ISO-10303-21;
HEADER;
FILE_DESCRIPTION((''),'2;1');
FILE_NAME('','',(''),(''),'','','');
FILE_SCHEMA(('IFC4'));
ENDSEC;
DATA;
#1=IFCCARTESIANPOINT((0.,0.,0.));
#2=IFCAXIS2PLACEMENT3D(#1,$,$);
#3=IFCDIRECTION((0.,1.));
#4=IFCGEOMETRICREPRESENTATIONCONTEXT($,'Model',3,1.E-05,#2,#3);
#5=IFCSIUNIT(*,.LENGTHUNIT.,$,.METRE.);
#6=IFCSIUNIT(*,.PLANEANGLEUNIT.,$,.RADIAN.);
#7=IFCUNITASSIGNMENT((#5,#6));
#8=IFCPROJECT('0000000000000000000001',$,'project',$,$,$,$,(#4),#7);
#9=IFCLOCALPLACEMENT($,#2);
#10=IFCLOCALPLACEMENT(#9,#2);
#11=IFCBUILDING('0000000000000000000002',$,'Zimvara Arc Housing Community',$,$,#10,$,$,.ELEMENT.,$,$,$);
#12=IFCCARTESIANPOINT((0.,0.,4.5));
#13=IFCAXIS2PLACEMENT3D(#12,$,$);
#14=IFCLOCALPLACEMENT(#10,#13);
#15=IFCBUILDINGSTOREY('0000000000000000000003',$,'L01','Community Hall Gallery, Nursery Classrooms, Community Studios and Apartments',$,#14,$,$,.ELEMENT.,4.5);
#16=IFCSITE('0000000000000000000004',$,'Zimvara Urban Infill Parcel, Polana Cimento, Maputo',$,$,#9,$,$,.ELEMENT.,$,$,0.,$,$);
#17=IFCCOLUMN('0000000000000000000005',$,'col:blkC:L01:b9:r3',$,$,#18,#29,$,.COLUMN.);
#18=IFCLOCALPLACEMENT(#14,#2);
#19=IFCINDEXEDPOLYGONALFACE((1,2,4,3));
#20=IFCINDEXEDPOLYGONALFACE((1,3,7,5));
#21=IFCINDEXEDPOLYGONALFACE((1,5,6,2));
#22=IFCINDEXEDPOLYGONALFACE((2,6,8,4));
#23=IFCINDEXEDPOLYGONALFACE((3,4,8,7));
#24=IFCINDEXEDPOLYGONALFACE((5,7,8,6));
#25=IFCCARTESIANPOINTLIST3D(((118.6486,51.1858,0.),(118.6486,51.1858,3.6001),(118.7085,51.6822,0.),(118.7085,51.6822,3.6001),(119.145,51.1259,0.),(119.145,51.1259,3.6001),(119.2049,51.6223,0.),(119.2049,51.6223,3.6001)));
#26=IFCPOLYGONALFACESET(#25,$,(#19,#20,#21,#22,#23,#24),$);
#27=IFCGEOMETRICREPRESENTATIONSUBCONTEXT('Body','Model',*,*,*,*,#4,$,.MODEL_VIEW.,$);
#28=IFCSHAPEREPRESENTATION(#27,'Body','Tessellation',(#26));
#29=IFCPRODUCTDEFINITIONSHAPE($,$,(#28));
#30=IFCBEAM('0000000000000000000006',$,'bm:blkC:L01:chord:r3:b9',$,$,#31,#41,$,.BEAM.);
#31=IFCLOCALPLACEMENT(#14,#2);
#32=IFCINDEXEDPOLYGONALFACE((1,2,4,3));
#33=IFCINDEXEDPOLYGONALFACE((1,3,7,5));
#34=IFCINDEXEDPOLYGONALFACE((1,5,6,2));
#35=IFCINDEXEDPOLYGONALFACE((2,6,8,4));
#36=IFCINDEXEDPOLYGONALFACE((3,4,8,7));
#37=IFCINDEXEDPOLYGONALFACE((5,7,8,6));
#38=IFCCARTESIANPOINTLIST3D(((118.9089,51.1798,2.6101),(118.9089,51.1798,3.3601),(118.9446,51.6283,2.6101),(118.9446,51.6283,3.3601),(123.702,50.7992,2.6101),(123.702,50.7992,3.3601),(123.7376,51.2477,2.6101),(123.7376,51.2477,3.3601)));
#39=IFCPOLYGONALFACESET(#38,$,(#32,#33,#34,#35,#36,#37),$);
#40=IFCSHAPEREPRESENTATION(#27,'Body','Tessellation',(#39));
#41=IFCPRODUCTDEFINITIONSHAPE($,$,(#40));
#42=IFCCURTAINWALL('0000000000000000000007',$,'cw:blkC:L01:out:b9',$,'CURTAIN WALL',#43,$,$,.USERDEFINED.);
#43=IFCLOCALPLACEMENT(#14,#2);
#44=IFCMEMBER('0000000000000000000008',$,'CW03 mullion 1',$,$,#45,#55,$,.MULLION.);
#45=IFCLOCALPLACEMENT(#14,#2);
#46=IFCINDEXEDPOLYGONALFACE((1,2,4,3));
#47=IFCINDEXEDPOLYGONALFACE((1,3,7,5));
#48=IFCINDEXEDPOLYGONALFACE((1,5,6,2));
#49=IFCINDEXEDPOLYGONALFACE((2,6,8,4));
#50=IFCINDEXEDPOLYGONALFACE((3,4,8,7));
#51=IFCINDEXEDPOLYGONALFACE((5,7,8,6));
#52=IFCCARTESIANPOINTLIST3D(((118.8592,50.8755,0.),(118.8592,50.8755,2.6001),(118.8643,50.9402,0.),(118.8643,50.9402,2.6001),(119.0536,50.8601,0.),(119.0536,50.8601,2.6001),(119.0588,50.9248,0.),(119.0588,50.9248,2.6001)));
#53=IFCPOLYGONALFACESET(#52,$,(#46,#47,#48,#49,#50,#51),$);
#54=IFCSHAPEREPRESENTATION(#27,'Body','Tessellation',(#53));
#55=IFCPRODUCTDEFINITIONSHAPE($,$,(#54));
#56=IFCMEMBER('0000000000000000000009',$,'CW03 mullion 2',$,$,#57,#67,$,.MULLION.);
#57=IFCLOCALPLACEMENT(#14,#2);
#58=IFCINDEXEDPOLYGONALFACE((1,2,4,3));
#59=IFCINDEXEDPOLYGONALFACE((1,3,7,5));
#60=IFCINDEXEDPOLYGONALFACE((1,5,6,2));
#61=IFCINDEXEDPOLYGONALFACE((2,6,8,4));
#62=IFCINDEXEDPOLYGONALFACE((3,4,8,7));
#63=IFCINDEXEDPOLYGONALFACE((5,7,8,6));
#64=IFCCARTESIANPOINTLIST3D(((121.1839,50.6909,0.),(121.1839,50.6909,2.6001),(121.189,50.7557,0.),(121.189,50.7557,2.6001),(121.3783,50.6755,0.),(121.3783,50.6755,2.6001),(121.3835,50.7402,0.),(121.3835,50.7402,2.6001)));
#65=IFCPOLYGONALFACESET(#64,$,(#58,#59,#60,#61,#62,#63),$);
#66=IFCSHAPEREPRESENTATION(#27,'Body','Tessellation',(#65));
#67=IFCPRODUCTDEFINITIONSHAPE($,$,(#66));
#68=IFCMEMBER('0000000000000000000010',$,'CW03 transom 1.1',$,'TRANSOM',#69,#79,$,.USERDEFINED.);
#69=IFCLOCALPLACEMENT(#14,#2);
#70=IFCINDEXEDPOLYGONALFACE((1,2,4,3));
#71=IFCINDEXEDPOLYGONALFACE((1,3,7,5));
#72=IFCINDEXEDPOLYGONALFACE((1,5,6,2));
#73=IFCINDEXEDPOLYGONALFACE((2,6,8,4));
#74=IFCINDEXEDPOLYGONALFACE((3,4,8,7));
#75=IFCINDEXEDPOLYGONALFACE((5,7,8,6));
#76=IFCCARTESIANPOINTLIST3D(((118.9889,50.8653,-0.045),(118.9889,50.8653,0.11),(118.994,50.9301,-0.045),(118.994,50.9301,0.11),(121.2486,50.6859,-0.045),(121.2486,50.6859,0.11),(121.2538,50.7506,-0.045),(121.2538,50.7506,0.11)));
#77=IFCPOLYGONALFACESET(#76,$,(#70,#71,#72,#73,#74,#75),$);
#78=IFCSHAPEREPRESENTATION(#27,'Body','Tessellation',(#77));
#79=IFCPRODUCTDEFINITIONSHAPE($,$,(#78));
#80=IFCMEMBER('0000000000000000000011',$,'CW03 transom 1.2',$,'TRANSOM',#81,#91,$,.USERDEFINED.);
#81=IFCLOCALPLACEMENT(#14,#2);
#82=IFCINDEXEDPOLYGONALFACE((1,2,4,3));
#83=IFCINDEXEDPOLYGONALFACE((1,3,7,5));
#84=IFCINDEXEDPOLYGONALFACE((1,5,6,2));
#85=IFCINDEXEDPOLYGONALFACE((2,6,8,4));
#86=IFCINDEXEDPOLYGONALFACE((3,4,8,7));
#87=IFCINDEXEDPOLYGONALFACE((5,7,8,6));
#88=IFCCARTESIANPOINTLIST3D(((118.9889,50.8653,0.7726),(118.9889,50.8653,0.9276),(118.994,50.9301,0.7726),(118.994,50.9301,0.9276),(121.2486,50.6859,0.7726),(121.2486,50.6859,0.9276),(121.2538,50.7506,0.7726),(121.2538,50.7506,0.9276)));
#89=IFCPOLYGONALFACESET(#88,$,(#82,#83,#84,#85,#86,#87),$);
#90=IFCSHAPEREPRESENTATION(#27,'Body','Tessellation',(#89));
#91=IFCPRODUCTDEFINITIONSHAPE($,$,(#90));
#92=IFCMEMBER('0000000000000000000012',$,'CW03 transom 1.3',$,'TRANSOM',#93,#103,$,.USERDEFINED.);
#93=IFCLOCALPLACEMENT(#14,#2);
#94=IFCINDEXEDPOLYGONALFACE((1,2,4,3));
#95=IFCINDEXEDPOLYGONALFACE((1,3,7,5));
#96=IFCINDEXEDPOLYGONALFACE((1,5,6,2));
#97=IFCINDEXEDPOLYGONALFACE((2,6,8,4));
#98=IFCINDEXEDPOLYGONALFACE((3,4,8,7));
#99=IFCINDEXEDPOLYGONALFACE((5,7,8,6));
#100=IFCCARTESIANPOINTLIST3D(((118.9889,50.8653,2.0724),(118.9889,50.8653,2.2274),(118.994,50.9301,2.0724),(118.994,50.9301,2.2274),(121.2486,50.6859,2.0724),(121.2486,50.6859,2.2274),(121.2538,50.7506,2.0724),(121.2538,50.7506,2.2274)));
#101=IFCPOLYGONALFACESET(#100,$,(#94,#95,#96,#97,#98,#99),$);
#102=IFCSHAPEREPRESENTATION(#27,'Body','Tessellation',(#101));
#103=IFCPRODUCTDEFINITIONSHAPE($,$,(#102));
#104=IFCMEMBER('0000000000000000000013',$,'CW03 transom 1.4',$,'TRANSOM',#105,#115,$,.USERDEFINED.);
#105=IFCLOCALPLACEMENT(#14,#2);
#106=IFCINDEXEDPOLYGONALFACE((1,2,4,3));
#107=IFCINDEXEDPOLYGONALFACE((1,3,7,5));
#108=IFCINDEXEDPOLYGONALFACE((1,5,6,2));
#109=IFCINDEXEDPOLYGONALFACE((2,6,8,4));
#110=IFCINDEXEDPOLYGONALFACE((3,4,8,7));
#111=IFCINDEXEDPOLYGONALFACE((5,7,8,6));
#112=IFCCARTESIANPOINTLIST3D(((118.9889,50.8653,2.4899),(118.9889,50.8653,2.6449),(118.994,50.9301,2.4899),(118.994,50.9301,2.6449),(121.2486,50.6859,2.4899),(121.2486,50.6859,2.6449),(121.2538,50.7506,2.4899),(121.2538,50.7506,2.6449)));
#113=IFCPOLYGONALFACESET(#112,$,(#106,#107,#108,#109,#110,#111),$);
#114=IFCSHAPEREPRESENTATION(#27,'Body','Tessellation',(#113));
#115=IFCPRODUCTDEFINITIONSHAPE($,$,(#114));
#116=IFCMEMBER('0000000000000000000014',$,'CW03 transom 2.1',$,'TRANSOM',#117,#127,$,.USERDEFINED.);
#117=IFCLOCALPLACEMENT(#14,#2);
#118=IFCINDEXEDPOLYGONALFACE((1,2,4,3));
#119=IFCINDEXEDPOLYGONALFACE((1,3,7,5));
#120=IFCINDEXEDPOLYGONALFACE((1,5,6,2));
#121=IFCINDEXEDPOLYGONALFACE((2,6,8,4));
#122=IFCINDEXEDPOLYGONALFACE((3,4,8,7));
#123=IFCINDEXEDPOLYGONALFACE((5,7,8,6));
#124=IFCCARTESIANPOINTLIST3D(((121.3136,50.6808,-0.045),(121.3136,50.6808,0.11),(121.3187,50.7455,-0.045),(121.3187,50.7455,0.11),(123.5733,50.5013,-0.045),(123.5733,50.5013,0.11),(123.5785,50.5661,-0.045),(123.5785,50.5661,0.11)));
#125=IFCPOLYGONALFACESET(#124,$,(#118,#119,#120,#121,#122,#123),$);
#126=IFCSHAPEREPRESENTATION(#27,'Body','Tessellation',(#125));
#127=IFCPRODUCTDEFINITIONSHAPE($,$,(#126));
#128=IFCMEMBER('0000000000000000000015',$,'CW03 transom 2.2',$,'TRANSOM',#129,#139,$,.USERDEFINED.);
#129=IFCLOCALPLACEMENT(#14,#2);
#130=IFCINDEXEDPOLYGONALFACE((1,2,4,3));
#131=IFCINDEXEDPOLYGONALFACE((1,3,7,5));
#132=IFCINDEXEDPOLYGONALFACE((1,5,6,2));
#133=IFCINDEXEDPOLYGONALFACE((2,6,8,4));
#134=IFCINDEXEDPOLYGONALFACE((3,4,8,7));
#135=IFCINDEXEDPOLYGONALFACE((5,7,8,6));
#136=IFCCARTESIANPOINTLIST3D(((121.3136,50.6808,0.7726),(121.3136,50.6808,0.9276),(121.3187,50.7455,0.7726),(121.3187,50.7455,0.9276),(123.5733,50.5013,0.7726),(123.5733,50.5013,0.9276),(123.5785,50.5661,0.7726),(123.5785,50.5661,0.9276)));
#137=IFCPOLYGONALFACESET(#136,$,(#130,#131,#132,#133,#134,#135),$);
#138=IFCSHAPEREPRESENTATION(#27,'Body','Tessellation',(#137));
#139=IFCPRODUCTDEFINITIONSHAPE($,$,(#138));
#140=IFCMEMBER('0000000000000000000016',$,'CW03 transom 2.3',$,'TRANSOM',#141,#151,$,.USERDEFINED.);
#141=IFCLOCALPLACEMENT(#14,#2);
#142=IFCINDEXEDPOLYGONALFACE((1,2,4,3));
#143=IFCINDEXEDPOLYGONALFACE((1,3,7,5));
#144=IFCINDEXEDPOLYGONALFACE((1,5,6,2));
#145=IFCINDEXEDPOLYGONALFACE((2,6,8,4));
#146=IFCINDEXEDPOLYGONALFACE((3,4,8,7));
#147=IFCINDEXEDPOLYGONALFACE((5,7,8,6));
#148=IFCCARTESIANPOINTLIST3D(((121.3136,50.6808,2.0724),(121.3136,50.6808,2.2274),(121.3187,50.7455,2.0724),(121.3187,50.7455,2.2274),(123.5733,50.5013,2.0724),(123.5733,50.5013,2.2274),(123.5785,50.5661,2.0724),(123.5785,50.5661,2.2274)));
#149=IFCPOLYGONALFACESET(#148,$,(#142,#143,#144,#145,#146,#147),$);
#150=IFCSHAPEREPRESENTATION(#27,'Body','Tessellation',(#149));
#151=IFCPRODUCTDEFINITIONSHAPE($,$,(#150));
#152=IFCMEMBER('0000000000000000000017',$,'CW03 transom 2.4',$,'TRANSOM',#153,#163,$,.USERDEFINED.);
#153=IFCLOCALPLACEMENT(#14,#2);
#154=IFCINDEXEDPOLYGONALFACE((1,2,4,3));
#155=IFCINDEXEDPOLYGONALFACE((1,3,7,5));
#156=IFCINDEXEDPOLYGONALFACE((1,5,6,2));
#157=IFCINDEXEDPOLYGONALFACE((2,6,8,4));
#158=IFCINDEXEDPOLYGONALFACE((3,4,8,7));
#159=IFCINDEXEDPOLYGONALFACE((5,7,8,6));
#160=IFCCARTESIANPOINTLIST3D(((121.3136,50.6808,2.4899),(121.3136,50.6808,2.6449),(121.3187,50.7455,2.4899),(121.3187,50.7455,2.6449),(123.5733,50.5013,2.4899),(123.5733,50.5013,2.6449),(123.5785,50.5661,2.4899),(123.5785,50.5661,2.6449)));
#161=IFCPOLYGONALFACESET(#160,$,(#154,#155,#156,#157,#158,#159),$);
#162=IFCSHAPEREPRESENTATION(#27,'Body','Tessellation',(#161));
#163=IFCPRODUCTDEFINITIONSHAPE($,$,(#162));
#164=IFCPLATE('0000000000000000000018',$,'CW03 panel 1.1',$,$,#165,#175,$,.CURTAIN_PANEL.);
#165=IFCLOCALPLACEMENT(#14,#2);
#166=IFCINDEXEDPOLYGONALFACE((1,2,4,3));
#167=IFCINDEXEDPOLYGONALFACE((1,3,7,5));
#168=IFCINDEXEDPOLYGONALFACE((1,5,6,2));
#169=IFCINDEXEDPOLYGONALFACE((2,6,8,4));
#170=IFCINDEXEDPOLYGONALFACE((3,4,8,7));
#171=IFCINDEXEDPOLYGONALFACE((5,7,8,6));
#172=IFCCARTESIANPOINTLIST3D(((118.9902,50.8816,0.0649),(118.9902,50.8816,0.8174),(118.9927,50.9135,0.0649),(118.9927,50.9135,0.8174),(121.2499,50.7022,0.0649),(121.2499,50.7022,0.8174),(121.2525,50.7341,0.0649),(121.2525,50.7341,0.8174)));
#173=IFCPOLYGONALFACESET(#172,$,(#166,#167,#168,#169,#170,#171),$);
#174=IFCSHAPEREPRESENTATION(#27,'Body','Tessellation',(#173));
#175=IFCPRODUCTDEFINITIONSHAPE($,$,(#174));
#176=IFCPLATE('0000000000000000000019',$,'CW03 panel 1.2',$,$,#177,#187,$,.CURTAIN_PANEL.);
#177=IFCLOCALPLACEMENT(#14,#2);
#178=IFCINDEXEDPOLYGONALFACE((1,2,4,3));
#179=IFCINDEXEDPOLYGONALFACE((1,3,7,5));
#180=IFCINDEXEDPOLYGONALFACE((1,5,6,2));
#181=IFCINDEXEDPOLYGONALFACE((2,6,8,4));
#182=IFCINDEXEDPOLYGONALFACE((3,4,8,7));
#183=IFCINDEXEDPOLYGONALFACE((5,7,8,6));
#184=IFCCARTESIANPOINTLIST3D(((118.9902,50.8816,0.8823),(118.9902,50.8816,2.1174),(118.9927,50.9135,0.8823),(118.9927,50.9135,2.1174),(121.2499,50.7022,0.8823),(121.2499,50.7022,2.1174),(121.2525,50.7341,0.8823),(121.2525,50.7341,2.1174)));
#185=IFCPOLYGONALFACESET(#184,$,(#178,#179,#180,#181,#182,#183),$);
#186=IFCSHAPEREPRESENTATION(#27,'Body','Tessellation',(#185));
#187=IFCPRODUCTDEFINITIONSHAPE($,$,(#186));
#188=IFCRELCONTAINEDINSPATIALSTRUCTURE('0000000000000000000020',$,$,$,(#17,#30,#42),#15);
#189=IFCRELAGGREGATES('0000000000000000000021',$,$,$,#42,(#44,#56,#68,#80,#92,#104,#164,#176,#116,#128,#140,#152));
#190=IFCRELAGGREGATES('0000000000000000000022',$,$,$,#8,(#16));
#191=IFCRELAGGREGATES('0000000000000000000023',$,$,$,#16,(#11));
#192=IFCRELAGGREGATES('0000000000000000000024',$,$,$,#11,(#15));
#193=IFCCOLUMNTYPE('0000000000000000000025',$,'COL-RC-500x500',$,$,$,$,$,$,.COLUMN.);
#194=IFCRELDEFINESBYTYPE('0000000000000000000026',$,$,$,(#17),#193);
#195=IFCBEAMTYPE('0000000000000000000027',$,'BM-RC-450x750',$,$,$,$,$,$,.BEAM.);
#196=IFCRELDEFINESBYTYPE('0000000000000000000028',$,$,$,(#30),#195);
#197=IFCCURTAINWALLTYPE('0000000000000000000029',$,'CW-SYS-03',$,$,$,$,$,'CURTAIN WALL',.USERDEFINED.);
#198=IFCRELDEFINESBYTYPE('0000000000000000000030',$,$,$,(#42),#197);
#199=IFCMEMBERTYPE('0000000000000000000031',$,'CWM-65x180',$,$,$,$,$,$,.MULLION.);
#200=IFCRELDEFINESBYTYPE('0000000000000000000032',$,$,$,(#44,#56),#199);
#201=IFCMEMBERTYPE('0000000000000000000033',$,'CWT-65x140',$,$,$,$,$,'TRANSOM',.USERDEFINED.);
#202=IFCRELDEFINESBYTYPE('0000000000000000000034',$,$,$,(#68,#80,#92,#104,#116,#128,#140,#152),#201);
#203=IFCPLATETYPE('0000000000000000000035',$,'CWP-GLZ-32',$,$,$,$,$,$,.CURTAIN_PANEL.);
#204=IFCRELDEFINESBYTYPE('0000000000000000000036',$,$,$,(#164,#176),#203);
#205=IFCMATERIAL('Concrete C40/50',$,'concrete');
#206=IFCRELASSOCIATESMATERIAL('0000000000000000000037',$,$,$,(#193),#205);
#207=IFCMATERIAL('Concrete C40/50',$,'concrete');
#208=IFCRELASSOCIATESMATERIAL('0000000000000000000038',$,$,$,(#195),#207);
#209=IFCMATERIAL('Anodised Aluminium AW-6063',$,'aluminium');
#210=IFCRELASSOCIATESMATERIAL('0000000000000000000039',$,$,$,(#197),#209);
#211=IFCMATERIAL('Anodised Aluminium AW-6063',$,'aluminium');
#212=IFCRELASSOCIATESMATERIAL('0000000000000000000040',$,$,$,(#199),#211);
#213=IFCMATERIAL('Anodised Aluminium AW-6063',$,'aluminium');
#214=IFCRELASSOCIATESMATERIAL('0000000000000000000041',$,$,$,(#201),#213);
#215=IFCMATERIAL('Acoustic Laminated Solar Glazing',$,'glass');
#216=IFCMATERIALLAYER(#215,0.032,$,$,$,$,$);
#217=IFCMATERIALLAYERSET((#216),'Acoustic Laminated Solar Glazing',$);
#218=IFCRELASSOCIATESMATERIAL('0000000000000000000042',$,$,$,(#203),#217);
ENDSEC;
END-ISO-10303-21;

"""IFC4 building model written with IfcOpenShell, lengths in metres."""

from ifc_helpers import new_model, si_unit, direction, frame, origin, origin_2d, place, context, subcontext, project, spatial, rectangle, extrude, material, layer, layer_set, material_profile, profile_set, type_object, element, aggregate, save


model = new_model("IFC4")

# Units and contexts
model_context = context("Model", 3, precision=1e-05, world=origin(), true_north=direction((0.0, 1.0)))
body_context = subcontext(model_context, "Body", "Model", "MODEL_VIEW")
ifc_project = project(units=[si_unit("LENGTHUNIT", "METRE"), si_unit("PLANEANGLEUNIT", "RADIAN")], contexts=[model_context])

# Site, building, storey
site_placement = place(None, origin())
site = spatial("IfcSite", under=ifc_project, at=site_placement, Name="Zimvara Urban Infill Parcel, Polana Cimento, Maputo", CompositionType="ELEMENT", RefElevation=0.0)
building_placement = place(site_placement, origin())
building = spatial("IfcBuilding", under=site, at=building_placement, Name="Zimvara Arc Housing Community", CompositionType="ELEMENT")
storey_placement = place(building_placement, frame((0.0, 0.0, 4.5)))
storey = spatial("IfcBuildingStorey", under=building, at=storey_placement, Name="L01", Description="Community Hall Gallery, Nursery Classrooms, Community Studios and Apartments", CompositionType="ELEMENT", Elevation=4.5)

# Column
ifc_material_1 = material(Name="Concrete C40/50", Category="concrete")
ifc_material_profile_1 = material_profile(ifc_material_1, rectangle(XDim=0.5, YDim=0.5, at=origin_2d()), Name="RC 500x500")
ifc_profile_set_1 = profile_set([ifc_material_profile_1], Name="Concrete C40/50")
column_type = type_object("IfcColumnType", Name="COL-RC-500x500", PredefinedType="COLUMN", material=ifc_profile_set_1)
column_placement = place(storey_placement, frame((118.9268, 51.4041, 0.0), z_axis=(0.0, 0.0, 1.0), x_axis=(-0.11979, -0.992799, 0.0)))
element("IfcColumn", 1, at=column_placement, inside=storey, type_object=column_type, Name="col:blkC:L01:b9:r3", PredefinedType="COLUMN", context=body_context, shape_type="SweptSolid", body=[
    extrude(rectangle(XDim=0.5, YDim=0.5, at=origin_2d()), origin(), (0.0, 0.0, 1.0), 3.6001),
])

# Beam
ifc_material_2 = material(Name="Concrete C40/50", Category="concrete")
ifc_material_profile_2 = material_profile(ifc_material_2, rectangle(XDim=0.45, YDim=0.75, at=origin_2d()), Name="RC 450x750")
ifc_profile_set_2 = profile_set([ifc_material_profile_2], Name="Concrete C40/50")
beam_type = type_object("IfcBeamType", Name="BM-RC-450x750", PredefinedType="BEAM", material=ifc_profile_set_2)
beam_placement = place(storey_placement, frame((118.9268, 51.4041, 2.9851), z_axis=(0.996862, -0.079162, 0.0), x_axis=(0.079162, 0.996862, 0.0)))
element("IfcBeam", 2, at=beam_placement, inside=storey, type_object=beam_type, Name="bm:blkC:L01:chord:r3:b9", PredefinedType="BEAM", context=body_context, shape_type="SweptSolid", body=[
    extrude(rectangle(XDim=0.45, YDim=0.75, at=origin_2d()), origin(), (0.0, 0.0, 1.0), 4.8081),
])

# Curtain wall, members, plates
ifc_material_3 = material(Name="Anodised Aluminium AW-6063", Category="aluminium")
curtain_wall_type = type_object("IfcCurtainWallType", Name="CW-SYS-03", ElementType="CURTAIN WALL", PredefinedType="USERDEFINED", material=ifc_material_3)
curtain_wall_placement = place(storey_placement, origin())
curtain_wall = element("IfcCurtainWall", 3, at=curtain_wall_placement, inside=storey, type_object=curtain_wall_type, Name="cw:blkC:L01:out:b9", ObjectType="CURTAIN WALL", PredefinedType="USERDEFINED")
ifc_material_4 = material(Name="Anodised Aluminium AW-6063", Category="aluminium")
ifc_material_profile_3 = material_profile(ifc_material_4, rectangle(XDim=0.0649, YDim=0.1951, at=origin_2d()), Name="ALU 65x195")
ifc_profile_set_3 = profile_set([ifc_material_profile_3], Name="Anodised Aluminium AW-6063")
member_type_1 = type_object("IfcMemberType", Name="CWM-65x180", PredefinedType="MULLION", material=ifc_profile_set_3)
member_1_placement = place(storey_placement, frame((118.959, 50.9001, 0.0), z_axis=(0.0, 0.0, 1.0), x_axis=(0.079154, 0.996862, 0.0)))
member_1 = element("IfcMember", 4, at=member_1_placement, type_object=member_type_1, Name="CW03 mullion 1", PredefinedType="MULLION", context=body_context, shape_type="SweptSolid", body=[
    extrude(rectangle(XDim=0.0649, YDim=0.1951, at=origin_2d()), origin(), (0.0, 0.0, 1.0), 2.6001),
])
member_2_placement = place(storey_placement, frame((121.2837, 50.7156, 0.0), z_axis=(0.0, 0.0, 1.0), x_axis=(0.079154, 0.996862, 0.0)))
member_2 = element("IfcMember", 5, at=member_2_placement, type_object=member_type_1, Name="CW03 mullion 2", PredefinedType="MULLION", context=body_context, shape_type="SweptSolid", body=[
    extrude(rectangle(XDim=0.0649, YDim=0.1951, at=origin_2d()), origin(), (0.0, 0.0, 1.0), 2.6001),
])
ifc_material_5 = material(Name="Anodised Aluminium AW-6063", Category="aluminium")
ifc_material_profile_4 = material_profile(ifc_material_5, rectangle(XDim=0.0649, YDim=0.155, at=origin_2d()), Name="ALU 65x155")
ifc_profile_set_4 = profile_set([ifc_material_profile_4], Name="Anodised Aluminium AW-6063")
member_type_2 = type_object("IfcMemberType", Name="CWT-65x140", ElementType="TRANSOM", PredefinedType="USERDEFINED", material=ifc_profile_set_4)
member_3_placement = place(storey_placement, frame((118.9915, 50.8977, 0.0325), z_axis=(0.996862, -0.079159, 0.0), x_axis=(0.079159, 0.996862, 0.0)))
member_3 = element("IfcMember", 6, at=member_3_placement, type_object=member_type_2, Name="CW03 transom 1.1", ObjectType="TRANSOM", PredefinedType="USERDEFINED", context=body_context, shape_type="SweptSolid", body=[
    extrude(rectangle(XDim=0.0649, YDim=0.155, at=origin_2d()), origin(), (0.0, 0.0, 1.0), 2.2668),
])
member_4_placement = place(storey_placement, frame((118.9915, 50.8977, 0.8501), z_axis=(0.996862, -0.079159, 0.0), x_axis=(0.079159, 0.996862, 0.0)))
member_4 = element("IfcMember", 7, at=member_4_placement, type_object=member_type_2, Name="CW03 transom 1.2", ObjectType="TRANSOM", PredefinedType="USERDEFINED", context=body_context, shape_type="SweptSolid", body=[
    extrude(rectangle(XDim=0.0649, YDim=0.155, at=origin_2d()), origin(), (0.0, 0.0, 1.0), 2.2668),
])
member_5_placement = place(storey_placement, frame((118.9915, 50.8977, 2.1499), z_axis=(0.996862, -0.079159, 0.0), x_axis=(0.079159, 0.996862, 0.0)))
member_5 = element("IfcMember", 8, at=member_5_placement, type_object=member_type_2, Name="CW03 transom 1.3", ObjectType="TRANSOM", PredefinedType="USERDEFINED", context=body_context, shape_type="SweptSolid", body=[
    extrude(rectangle(XDim=0.0649, YDim=0.155, at=origin_2d()), origin(), (0.0, 0.0, 1.0), 2.2668),
])
member_6_placement = place(storey_placement, frame((118.9915, 50.8977, 2.5674), z_axis=(0.996862, -0.079159, 0.0), x_axis=(0.079159, 0.996862, 0.0)))
member_6 = element("IfcMember", 9, at=member_6_placement, type_object=member_type_2, Name="CW03 transom 1.4", ObjectType="TRANSOM", PredefinedType="USERDEFINED", context=body_context, shape_type="SweptSolid", body=[
    extrude(rectangle(XDim=0.0649, YDim=0.155, at=origin_2d()), origin(), (0.0, 0.0, 1.0), 2.2668),
])
member_7_placement = place(storey_placement, frame((121.3162, 50.7131, 0.0325), z_axis=(0.996862, -0.079159, 0.0), x_axis=(0.079159, 0.996862, 0.0)))
member_7 = element("IfcMember", 10, at=member_7_placement, type_object=member_type_2, Name="CW03 transom 2.1", ObjectType="TRANSOM", PredefinedType="USERDEFINED", context=body_context, shape_type="SweptSolid", body=[
    extrude(rectangle(XDim=0.0649, YDim=0.155, at=origin_2d()), origin(), (0.0, 0.0, 1.0), 2.2668),
])
member_8_placement = place(storey_placement, frame((121.3162, 50.7131, 0.8501), z_axis=(0.996862, -0.079159, 0.0), x_axis=(0.079159, 0.996862, 0.0)))
member_8 = element("IfcMember", 11, at=member_8_placement, type_object=member_type_2, Name="CW03 transom 2.2", ObjectType="TRANSOM", PredefinedType="USERDEFINED", context=body_context, shape_type="SweptSolid", body=[
    extrude(rectangle(XDim=0.0649, YDim=0.155, at=origin_2d()), origin(), (0.0, 0.0, 1.0), 2.2668),
])
member_9_placement = place(storey_placement, frame((121.3162, 50.7131, 2.1499), z_axis=(0.996862, -0.079159, 0.0), x_axis=(0.079159, 0.996862, 0.0)))
member_9 = element("IfcMember", 12, at=member_9_placement, type_object=member_type_2, Name="CW03 transom 2.3", ObjectType="TRANSOM", PredefinedType="USERDEFINED", context=body_context, shape_type="SweptSolid", body=[
    extrude(rectangle(XDim=0.0649, YDim=0.155, at=origin_2d()), origin(), (0.0, 0.0, 1.0), 2.2668),
])
member_10_placement = place(storey_placement, frame((121.3162, 50.7131, 2.5674), z_axis=(0.996862, -0.079159, 0.0), x_axis=(0.079159, 0.996862, 0.0)))
member_10 = element("IfcMember", 13, at=member_10_placement, type_object=member_type_2, Name="CW03 transom 2.4", ObjectType="TRANSOM", PredefinedType="USERDEFINED", context=body_context, shape_type="SweptSolid", body=[
    extrude(rectangle(XDim=0.0649, YDim=0.155, at=origin_2d()), origin(), (0.0, 0.0, 1.0), 2.2668),
])
ifc_material_6 = material(Name="Acoustic Laminated Solar Glazing", Category="glass")
ifc_layer_1 = layer(ifc_material_6, 0.032)
ifc_layer_set_1 = layer_set([ifc_layer_1], Name="Acoustic Laminated Solar Glazing")
plate_type = type_object("IfcPlateType", Name="CWP-GLZ-32", PredefinedType="CURTAIN_PANEL", material=ifc_layer_set_1)
plate_1_placement = place(storey_placement, frame((120.1213, 50.8079, 0.0649), z_axis=(0.0, 0.0, 1.0), x_axis=(0.996862, -0.079154, 0.0)))
plate_1 = element("IfcPlate", 14, at=plate_1_placement, type_object=plate_type, Name="CW03 panel 1.1", PredefinedType="CURTAIN_PANEL", context=body_context, shape_type="SweptSolid", body=[
    extrude(rectangle(XDim=2.2668, YDim=0.032, at=origin_2d()), origin(), (0.0, 0.0, 1.0), 0.7524),
])
plate_2_placement = place(storey_placement, frame((120.1213, 50.8079, 0.8823), z_axis=(0.0, 0.0, 1.0), x_axis=(0.996862, -0.079154, 0.0)))
plate_2 = element("IfcPlate", 15, at=plate_2_placement, type_object=plate_type, Name="CW03 panel 1.2", PredefinedType="CURTAIN_PANEL", context=body_context, shape_type="SweptSolid", body=[
    extrude(rectangle(XDim=2.2668, YDim=0.032, at=origin_2d()), origin(), (0.0, 0.0, 1.0), 1.2351),
])
aggregate(curtain_wall, [member_1, member_2, member_3, member_4, member_5, member_6, plate_1, plate_2, member_7, member_8, member_9, member_10])

save(model, "model.ifc")
